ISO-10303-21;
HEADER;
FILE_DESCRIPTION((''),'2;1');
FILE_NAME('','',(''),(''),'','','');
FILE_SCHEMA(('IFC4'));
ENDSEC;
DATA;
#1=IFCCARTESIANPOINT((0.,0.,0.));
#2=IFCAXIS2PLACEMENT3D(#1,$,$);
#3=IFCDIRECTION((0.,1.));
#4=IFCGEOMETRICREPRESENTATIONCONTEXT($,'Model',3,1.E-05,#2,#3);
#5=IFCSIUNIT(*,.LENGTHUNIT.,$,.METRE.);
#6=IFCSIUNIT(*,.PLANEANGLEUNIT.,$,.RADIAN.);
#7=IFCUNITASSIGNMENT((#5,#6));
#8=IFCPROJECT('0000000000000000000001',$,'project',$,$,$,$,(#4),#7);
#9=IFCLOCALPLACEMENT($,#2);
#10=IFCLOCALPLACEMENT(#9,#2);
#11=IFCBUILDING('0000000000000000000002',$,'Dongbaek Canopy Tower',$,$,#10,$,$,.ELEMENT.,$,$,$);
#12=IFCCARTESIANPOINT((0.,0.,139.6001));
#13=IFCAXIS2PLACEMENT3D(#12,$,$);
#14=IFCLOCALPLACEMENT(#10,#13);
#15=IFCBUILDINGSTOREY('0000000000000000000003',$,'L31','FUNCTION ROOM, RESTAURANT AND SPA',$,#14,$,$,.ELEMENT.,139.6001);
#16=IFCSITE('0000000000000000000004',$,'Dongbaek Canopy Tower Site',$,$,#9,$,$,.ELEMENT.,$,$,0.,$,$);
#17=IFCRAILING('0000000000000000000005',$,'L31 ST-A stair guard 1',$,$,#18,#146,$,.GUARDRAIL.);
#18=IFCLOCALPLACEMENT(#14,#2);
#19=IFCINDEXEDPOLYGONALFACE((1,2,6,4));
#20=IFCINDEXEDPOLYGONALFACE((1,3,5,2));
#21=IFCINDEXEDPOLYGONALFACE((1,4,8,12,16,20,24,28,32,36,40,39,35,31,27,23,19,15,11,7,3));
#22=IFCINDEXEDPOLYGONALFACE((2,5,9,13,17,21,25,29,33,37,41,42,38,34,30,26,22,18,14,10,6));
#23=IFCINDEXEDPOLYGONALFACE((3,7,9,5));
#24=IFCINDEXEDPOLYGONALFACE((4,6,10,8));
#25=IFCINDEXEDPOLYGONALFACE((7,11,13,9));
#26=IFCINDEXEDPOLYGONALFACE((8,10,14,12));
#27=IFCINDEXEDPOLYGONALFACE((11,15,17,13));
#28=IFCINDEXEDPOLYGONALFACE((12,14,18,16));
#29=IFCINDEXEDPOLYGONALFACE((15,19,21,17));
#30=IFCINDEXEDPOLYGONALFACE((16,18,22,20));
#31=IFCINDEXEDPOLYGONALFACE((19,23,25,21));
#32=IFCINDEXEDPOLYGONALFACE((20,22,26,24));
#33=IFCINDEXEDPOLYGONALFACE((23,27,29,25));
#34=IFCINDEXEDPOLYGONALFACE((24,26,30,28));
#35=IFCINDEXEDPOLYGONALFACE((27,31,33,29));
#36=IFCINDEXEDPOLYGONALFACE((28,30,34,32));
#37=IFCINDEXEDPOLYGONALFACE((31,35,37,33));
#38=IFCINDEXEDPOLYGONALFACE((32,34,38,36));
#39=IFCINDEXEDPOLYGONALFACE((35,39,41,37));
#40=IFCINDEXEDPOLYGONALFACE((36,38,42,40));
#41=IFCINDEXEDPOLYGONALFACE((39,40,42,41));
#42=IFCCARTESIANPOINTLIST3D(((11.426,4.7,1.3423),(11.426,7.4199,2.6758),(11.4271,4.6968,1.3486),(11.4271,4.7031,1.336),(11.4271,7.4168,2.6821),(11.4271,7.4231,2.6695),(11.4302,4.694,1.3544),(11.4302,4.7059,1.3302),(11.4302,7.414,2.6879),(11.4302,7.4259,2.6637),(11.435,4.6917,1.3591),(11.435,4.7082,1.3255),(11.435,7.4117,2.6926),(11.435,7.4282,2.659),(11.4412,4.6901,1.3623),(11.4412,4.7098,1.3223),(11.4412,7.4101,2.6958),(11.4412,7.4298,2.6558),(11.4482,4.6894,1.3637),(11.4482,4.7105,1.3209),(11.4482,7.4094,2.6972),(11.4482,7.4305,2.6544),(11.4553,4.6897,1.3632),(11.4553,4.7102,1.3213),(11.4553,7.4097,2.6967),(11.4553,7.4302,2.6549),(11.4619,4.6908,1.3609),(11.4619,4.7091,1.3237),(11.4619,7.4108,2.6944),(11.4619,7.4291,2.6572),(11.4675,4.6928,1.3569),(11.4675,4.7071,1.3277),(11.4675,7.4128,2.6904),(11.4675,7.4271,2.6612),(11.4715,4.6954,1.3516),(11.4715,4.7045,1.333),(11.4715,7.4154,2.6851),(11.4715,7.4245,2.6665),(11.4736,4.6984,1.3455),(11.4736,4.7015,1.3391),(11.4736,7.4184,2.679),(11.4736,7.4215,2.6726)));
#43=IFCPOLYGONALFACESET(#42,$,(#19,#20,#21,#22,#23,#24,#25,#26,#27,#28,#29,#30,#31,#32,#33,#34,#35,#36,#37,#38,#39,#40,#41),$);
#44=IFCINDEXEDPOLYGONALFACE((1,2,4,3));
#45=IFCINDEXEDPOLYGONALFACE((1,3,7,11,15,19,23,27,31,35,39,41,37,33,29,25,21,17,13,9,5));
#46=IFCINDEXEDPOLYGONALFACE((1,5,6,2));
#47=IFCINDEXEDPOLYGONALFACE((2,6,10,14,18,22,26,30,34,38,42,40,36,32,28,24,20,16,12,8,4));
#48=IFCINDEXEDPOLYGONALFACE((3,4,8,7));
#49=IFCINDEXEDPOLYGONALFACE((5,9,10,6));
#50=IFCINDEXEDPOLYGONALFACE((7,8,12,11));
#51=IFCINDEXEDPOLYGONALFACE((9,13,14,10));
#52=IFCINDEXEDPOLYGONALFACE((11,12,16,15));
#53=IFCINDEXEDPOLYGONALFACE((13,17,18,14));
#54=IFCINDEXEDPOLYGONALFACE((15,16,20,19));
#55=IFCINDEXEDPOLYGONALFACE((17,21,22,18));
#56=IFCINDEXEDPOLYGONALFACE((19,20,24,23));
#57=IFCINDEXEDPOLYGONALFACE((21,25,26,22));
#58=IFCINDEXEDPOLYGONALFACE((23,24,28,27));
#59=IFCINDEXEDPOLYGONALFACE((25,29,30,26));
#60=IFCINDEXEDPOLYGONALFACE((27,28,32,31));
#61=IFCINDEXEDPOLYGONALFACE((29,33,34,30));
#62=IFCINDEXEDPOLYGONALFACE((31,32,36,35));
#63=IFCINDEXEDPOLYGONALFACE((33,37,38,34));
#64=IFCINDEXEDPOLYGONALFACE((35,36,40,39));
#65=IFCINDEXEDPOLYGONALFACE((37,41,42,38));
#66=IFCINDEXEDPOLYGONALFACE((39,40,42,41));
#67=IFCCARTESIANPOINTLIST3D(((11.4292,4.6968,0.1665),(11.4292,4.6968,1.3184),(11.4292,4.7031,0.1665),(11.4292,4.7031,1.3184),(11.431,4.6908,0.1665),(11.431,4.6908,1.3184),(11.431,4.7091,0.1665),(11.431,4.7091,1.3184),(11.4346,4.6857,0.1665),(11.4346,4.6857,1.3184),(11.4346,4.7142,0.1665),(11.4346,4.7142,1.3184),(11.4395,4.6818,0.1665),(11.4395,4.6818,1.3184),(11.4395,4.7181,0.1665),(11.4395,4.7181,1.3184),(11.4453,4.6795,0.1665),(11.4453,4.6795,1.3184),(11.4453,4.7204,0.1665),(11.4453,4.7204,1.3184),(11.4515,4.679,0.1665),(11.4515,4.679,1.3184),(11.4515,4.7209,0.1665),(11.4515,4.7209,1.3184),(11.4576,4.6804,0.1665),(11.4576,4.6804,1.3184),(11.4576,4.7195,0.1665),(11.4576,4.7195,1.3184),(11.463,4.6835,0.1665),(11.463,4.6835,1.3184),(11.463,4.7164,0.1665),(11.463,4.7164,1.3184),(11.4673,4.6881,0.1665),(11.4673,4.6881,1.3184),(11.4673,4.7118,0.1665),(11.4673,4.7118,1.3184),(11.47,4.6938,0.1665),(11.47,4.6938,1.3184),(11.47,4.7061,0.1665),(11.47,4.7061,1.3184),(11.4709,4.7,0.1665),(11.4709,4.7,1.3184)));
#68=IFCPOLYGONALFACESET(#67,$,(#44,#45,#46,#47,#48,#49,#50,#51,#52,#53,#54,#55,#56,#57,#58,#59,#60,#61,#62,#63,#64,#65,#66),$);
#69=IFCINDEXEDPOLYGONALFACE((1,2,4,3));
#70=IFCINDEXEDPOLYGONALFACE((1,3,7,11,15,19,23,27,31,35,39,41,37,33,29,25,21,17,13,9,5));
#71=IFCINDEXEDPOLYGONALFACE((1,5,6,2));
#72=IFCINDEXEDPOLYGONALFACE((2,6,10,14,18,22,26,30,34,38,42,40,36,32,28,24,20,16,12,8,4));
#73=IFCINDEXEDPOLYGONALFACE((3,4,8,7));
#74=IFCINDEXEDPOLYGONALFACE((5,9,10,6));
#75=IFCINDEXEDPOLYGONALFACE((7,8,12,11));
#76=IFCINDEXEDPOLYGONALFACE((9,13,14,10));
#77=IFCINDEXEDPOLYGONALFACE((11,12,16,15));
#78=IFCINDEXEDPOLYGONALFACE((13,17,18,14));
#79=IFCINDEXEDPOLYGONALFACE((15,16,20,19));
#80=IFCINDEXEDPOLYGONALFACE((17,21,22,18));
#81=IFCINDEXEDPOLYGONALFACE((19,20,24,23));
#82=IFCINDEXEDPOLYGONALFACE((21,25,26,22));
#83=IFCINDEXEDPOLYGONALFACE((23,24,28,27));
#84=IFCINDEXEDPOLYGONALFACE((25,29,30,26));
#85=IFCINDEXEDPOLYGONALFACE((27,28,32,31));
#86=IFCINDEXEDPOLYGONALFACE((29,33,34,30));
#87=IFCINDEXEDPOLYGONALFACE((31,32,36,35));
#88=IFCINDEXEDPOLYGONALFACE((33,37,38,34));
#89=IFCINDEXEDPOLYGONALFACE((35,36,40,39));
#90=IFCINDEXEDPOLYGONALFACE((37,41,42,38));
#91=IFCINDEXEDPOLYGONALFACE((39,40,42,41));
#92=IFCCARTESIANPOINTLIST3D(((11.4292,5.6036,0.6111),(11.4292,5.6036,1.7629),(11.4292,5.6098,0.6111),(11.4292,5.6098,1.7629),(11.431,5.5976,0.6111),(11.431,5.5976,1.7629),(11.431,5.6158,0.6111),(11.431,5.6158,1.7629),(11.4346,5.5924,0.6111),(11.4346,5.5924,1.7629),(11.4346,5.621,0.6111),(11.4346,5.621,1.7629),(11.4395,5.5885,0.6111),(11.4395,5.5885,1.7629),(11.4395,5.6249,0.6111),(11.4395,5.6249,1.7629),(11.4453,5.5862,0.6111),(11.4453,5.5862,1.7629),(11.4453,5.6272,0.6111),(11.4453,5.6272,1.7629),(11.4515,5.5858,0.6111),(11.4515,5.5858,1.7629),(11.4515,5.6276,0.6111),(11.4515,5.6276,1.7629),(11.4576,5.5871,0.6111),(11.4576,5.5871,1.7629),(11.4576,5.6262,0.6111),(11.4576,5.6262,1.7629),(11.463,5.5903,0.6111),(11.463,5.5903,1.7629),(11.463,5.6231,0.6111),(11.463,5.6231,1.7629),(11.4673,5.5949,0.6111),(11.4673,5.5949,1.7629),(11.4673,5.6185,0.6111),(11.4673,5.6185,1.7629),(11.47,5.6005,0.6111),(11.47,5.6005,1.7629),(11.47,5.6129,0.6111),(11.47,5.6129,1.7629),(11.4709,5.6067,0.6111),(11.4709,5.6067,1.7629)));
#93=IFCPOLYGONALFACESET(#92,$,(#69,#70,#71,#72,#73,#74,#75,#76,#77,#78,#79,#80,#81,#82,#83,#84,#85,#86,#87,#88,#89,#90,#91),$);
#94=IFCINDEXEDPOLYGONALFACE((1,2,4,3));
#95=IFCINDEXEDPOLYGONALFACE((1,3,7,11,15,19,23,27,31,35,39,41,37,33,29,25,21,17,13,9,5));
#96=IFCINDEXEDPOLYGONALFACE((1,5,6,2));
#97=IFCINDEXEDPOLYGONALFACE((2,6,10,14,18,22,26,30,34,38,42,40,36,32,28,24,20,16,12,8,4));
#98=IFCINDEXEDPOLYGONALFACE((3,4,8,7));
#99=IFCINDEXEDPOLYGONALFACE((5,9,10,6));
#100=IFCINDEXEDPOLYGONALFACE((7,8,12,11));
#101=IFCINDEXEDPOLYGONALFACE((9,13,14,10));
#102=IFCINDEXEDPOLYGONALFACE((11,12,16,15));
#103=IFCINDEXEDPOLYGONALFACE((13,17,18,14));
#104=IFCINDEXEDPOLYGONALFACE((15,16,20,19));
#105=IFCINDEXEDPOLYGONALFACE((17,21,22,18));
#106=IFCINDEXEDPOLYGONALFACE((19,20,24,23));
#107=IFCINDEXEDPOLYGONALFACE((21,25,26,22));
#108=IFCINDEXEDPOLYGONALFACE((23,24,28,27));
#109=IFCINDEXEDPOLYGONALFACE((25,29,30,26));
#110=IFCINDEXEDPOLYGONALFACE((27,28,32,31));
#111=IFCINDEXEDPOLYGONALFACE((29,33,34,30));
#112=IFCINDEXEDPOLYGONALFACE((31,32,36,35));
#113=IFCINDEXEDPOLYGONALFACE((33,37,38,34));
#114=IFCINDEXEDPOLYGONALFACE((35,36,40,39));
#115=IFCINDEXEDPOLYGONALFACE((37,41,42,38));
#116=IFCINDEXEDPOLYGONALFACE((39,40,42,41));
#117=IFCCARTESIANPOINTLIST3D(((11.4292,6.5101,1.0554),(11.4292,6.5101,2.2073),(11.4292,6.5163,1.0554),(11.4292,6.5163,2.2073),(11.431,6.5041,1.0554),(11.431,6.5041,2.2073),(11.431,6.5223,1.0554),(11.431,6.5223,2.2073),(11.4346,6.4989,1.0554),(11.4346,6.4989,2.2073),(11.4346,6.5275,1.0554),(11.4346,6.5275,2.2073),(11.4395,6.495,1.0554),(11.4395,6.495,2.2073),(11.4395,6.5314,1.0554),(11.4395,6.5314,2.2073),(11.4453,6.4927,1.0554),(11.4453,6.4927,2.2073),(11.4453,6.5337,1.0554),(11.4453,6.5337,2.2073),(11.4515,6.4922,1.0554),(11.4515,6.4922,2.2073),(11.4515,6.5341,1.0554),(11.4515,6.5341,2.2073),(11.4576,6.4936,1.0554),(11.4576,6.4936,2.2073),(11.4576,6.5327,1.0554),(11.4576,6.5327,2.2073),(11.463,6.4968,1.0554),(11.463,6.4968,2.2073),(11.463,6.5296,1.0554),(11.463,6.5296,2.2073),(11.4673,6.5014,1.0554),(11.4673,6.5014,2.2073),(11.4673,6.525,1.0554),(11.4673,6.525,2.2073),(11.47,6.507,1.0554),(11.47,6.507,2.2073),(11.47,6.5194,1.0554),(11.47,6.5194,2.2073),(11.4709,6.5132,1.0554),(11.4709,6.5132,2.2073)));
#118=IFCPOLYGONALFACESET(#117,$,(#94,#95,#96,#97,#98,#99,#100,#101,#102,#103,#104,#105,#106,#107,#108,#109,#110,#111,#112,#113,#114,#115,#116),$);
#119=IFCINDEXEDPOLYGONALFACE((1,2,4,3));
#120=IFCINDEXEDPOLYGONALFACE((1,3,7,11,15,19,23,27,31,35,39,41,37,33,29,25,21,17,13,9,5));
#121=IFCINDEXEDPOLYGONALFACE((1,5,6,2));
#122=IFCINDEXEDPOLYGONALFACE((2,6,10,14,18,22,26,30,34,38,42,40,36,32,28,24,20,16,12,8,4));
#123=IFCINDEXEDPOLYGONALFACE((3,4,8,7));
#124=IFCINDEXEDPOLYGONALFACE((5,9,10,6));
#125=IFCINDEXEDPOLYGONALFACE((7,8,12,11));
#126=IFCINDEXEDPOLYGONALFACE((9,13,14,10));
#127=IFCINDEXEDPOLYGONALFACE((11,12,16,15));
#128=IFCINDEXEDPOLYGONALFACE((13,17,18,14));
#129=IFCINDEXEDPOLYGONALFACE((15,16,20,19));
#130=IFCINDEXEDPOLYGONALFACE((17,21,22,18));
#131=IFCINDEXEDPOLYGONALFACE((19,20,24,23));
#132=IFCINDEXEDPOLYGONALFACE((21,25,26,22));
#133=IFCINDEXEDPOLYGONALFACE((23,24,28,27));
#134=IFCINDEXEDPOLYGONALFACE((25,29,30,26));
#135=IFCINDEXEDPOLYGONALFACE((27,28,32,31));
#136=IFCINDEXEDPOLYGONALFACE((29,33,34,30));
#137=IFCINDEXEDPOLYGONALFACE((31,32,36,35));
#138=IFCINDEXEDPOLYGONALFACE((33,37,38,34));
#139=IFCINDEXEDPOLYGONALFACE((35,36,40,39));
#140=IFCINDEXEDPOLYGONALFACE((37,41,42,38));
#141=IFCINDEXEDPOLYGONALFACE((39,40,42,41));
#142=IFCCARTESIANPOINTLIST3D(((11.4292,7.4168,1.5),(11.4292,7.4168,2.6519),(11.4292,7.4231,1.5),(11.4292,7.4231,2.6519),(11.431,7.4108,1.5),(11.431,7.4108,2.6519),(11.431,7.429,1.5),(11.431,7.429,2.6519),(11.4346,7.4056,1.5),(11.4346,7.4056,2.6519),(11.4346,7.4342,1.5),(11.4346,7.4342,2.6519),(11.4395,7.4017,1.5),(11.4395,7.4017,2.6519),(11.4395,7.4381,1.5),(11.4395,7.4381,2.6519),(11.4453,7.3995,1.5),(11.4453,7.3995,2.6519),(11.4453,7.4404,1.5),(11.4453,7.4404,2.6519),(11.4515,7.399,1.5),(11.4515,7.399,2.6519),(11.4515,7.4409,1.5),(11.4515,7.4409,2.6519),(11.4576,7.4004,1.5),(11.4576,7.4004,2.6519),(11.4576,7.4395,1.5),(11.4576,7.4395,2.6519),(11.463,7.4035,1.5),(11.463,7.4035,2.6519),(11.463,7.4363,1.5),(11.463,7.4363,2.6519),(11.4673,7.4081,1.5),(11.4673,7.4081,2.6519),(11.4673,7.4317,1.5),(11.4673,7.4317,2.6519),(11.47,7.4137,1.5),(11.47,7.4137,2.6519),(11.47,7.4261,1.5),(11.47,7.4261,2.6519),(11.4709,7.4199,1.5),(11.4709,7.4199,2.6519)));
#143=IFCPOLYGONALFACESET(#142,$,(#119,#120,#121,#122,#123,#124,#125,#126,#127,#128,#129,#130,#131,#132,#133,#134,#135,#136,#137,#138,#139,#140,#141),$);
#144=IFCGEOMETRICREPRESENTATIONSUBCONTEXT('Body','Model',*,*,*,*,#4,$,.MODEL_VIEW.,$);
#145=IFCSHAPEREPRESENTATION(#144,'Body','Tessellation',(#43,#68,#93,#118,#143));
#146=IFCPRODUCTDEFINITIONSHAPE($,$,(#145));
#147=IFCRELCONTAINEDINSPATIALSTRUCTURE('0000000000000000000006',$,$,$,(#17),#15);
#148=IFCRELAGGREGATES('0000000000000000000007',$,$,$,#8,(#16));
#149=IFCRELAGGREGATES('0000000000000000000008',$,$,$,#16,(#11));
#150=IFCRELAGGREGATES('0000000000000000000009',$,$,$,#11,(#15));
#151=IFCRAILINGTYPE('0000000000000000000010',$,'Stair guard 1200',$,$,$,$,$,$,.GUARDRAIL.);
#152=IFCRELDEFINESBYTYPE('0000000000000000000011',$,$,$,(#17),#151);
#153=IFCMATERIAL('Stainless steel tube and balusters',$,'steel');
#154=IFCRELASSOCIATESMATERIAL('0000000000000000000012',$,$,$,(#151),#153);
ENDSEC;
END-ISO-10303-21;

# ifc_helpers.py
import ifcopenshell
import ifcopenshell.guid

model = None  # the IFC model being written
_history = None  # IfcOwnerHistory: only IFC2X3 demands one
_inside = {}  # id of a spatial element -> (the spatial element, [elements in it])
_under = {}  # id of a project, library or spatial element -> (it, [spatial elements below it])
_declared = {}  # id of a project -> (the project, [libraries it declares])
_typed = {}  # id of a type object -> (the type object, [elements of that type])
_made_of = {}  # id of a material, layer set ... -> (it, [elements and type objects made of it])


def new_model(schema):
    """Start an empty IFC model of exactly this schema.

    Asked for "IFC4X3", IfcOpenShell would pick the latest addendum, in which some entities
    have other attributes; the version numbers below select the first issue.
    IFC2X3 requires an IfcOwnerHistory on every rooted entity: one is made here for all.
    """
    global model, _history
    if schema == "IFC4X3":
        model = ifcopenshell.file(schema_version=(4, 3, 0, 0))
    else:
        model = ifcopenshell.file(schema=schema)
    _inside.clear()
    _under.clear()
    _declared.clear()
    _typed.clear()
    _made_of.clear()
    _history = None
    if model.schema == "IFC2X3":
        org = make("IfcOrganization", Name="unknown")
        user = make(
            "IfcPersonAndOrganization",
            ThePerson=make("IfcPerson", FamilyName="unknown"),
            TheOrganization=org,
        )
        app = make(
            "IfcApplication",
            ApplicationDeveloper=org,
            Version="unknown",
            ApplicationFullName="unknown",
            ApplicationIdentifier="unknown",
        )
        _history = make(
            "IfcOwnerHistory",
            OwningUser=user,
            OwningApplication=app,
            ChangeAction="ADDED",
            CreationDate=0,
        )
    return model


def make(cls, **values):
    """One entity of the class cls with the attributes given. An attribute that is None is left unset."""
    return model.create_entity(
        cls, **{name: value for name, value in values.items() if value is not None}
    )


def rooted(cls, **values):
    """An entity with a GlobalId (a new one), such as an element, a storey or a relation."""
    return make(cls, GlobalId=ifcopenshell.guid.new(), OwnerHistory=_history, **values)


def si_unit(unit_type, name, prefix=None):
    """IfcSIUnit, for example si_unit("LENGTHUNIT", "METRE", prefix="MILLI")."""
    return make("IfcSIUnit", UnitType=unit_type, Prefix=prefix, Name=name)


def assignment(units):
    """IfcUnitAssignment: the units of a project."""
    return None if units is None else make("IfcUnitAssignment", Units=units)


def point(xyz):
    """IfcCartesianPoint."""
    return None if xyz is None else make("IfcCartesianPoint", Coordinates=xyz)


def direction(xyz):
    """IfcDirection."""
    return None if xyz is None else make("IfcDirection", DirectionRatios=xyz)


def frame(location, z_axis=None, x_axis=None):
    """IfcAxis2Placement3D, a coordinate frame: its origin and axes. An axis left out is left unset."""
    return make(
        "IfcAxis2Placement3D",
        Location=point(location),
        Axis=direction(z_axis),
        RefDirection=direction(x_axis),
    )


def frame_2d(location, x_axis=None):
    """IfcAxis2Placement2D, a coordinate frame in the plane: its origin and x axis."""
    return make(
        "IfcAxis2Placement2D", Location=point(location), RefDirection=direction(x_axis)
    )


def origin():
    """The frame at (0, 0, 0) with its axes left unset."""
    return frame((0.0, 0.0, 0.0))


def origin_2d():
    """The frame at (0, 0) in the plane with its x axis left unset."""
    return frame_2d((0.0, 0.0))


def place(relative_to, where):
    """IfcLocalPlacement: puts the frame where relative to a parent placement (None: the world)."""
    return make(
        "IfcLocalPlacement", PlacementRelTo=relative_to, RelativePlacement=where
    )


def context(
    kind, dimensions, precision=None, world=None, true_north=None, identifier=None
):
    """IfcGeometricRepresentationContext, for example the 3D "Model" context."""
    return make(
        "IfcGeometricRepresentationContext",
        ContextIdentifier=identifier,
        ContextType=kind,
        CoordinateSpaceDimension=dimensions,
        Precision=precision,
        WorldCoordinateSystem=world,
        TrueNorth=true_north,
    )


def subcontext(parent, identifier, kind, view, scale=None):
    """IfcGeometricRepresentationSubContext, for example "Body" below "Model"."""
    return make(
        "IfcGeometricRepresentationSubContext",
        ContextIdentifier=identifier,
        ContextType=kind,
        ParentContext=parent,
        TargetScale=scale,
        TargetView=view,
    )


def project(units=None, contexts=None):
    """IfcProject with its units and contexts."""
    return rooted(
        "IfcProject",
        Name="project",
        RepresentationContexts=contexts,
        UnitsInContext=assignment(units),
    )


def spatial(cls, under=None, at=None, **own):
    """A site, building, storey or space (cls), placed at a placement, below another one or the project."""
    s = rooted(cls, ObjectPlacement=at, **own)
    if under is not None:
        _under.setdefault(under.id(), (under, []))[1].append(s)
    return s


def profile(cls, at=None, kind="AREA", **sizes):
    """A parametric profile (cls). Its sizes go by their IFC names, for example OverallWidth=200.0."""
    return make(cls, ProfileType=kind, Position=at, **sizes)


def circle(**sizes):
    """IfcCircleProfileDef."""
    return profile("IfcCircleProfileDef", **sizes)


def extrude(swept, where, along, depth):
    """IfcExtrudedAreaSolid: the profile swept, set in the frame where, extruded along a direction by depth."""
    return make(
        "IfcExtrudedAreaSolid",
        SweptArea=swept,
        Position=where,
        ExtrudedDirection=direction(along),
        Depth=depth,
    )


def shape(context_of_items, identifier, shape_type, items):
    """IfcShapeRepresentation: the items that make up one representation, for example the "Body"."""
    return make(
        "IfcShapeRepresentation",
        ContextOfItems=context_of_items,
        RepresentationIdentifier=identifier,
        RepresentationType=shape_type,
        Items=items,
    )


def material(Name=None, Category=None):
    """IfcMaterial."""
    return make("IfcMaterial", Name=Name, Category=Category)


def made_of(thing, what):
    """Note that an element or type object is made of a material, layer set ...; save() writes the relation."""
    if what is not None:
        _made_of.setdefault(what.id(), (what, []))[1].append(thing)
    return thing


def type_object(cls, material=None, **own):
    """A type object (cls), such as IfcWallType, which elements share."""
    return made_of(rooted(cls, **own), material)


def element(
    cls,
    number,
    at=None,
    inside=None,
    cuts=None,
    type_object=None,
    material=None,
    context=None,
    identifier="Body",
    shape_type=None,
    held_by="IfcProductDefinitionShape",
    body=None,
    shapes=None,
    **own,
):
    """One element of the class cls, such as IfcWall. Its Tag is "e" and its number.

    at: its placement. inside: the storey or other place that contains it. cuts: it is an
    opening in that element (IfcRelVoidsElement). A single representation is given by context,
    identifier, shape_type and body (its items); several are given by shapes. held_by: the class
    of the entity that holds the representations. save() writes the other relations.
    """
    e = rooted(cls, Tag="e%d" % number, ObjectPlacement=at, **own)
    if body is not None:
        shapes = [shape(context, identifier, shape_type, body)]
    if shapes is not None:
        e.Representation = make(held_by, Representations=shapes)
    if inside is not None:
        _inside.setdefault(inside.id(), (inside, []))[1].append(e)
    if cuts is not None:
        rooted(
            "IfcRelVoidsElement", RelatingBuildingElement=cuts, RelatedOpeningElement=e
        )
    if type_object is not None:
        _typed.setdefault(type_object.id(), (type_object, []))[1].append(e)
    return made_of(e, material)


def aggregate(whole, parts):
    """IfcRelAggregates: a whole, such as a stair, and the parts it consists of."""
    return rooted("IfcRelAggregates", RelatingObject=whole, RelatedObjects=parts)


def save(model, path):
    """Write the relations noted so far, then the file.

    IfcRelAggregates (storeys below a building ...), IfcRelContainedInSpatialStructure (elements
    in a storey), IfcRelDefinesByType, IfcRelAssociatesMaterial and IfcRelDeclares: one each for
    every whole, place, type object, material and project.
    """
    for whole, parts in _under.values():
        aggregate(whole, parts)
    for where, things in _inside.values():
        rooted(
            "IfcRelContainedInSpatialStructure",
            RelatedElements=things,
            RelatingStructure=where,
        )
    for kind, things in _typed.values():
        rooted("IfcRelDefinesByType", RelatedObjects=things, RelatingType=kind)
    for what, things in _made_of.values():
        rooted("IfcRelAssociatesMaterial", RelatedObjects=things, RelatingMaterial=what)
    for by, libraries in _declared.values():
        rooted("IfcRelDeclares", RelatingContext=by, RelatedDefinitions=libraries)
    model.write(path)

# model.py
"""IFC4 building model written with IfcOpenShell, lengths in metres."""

from ifc_helpers import new_model, si_unit, direction, frame, origin, origin_2d, place, context, subcontext, project, spatial, circle, extrude, material, type_object, element, save


model = new_model("IFC4")

# Units and contexts
model_context = context("Model", 3, precision=1e-05, world=origin(), true_north=direction((0.0, 1.0)))
body_context = subcontext(model_context, "Body", "Model", "MODEL_VIEW")
ifc_project = project(units=[si_unit("LENGTHUNIT", "METRE"), si_unit("PLANEANGLEUNIT", "RADIAN")], contexts=[model_context])

# Site, building, storey
site_placement = place(None, origin())
site = spatial("IfcSite", under=ifc_project, at=site_placement, Name="Dongbaek Canopy Tower Site", CompositionType="ELEMENT", RefElevation=0.0)
building_placement = place(site_placement, origin())
building = spatial("IfcBuilding", under=site, at=building_placement, Name="Dongbaek Canopy Tower", CompositionType="ELEMENT")
storey_placement = place(building_placement, frame((0.0, 0.0, 139.6001)))
storey = spatial("IfcBuildingStorey", under=building, at=storey_placement, Name="L31", Description="FUNCTION ROOM, RESTAURANT AND SPA", CompositionType="ELEMENT", Elevation=139.6001)

# Railing
ifc_material_1 = material(Name="Stainless steel tube and balusters", Category="steel")
railing_type_1 = type_object("IfcRailingType", Name="Stair guard 1200", PredefinedType="GUARDRAIL", material=ifc_material_1)
railing_1_placement = place(storey_placement, frame((11.45, 4.7, 0.1665)))
element("IfcRailing", 1, at=railing_1_placement, inside=storey, type_object=railing_type_1, Name="L31 ST-A stair guard 1", PredefinedType="GUARDRAIL", context=body_context, shape_type="SweptSolid", body=[
    extrude(circle(Radius=0.0239, at=origin_2d()), frame((0.0, 0.0, 1.1758), z_axis=(0.0, 0.897898, 0.440204), x_axis=(-1.0, 0.0, 0.0)), (0.0, 0.0, 1.0), 3.0293),
    extrude(circle(Radius=0.021, at=origin_2d()), origin(), (0.0, 0.0, 1.0), 1.1519),
    extrude(circle(Radius=0.021, at=origin_2d()), frame((0.0, 0.9067, 0.4446)), (0.0, 0.0, 1.0), 1.1519),
    extrude(circle(Radius=0.021, at=origin_2d()), frame((0.0, 1.8132, 0.8889)), (0.0, 0.0, 1.0), 1.1519),
    extrude(circle(Radius=0.021, at=origin_2d()), frame((0.0, 2.72, 1.3335)), (0.0, 0.0, 1.0), 1.1519),
])

save(model, "model.ifc")
